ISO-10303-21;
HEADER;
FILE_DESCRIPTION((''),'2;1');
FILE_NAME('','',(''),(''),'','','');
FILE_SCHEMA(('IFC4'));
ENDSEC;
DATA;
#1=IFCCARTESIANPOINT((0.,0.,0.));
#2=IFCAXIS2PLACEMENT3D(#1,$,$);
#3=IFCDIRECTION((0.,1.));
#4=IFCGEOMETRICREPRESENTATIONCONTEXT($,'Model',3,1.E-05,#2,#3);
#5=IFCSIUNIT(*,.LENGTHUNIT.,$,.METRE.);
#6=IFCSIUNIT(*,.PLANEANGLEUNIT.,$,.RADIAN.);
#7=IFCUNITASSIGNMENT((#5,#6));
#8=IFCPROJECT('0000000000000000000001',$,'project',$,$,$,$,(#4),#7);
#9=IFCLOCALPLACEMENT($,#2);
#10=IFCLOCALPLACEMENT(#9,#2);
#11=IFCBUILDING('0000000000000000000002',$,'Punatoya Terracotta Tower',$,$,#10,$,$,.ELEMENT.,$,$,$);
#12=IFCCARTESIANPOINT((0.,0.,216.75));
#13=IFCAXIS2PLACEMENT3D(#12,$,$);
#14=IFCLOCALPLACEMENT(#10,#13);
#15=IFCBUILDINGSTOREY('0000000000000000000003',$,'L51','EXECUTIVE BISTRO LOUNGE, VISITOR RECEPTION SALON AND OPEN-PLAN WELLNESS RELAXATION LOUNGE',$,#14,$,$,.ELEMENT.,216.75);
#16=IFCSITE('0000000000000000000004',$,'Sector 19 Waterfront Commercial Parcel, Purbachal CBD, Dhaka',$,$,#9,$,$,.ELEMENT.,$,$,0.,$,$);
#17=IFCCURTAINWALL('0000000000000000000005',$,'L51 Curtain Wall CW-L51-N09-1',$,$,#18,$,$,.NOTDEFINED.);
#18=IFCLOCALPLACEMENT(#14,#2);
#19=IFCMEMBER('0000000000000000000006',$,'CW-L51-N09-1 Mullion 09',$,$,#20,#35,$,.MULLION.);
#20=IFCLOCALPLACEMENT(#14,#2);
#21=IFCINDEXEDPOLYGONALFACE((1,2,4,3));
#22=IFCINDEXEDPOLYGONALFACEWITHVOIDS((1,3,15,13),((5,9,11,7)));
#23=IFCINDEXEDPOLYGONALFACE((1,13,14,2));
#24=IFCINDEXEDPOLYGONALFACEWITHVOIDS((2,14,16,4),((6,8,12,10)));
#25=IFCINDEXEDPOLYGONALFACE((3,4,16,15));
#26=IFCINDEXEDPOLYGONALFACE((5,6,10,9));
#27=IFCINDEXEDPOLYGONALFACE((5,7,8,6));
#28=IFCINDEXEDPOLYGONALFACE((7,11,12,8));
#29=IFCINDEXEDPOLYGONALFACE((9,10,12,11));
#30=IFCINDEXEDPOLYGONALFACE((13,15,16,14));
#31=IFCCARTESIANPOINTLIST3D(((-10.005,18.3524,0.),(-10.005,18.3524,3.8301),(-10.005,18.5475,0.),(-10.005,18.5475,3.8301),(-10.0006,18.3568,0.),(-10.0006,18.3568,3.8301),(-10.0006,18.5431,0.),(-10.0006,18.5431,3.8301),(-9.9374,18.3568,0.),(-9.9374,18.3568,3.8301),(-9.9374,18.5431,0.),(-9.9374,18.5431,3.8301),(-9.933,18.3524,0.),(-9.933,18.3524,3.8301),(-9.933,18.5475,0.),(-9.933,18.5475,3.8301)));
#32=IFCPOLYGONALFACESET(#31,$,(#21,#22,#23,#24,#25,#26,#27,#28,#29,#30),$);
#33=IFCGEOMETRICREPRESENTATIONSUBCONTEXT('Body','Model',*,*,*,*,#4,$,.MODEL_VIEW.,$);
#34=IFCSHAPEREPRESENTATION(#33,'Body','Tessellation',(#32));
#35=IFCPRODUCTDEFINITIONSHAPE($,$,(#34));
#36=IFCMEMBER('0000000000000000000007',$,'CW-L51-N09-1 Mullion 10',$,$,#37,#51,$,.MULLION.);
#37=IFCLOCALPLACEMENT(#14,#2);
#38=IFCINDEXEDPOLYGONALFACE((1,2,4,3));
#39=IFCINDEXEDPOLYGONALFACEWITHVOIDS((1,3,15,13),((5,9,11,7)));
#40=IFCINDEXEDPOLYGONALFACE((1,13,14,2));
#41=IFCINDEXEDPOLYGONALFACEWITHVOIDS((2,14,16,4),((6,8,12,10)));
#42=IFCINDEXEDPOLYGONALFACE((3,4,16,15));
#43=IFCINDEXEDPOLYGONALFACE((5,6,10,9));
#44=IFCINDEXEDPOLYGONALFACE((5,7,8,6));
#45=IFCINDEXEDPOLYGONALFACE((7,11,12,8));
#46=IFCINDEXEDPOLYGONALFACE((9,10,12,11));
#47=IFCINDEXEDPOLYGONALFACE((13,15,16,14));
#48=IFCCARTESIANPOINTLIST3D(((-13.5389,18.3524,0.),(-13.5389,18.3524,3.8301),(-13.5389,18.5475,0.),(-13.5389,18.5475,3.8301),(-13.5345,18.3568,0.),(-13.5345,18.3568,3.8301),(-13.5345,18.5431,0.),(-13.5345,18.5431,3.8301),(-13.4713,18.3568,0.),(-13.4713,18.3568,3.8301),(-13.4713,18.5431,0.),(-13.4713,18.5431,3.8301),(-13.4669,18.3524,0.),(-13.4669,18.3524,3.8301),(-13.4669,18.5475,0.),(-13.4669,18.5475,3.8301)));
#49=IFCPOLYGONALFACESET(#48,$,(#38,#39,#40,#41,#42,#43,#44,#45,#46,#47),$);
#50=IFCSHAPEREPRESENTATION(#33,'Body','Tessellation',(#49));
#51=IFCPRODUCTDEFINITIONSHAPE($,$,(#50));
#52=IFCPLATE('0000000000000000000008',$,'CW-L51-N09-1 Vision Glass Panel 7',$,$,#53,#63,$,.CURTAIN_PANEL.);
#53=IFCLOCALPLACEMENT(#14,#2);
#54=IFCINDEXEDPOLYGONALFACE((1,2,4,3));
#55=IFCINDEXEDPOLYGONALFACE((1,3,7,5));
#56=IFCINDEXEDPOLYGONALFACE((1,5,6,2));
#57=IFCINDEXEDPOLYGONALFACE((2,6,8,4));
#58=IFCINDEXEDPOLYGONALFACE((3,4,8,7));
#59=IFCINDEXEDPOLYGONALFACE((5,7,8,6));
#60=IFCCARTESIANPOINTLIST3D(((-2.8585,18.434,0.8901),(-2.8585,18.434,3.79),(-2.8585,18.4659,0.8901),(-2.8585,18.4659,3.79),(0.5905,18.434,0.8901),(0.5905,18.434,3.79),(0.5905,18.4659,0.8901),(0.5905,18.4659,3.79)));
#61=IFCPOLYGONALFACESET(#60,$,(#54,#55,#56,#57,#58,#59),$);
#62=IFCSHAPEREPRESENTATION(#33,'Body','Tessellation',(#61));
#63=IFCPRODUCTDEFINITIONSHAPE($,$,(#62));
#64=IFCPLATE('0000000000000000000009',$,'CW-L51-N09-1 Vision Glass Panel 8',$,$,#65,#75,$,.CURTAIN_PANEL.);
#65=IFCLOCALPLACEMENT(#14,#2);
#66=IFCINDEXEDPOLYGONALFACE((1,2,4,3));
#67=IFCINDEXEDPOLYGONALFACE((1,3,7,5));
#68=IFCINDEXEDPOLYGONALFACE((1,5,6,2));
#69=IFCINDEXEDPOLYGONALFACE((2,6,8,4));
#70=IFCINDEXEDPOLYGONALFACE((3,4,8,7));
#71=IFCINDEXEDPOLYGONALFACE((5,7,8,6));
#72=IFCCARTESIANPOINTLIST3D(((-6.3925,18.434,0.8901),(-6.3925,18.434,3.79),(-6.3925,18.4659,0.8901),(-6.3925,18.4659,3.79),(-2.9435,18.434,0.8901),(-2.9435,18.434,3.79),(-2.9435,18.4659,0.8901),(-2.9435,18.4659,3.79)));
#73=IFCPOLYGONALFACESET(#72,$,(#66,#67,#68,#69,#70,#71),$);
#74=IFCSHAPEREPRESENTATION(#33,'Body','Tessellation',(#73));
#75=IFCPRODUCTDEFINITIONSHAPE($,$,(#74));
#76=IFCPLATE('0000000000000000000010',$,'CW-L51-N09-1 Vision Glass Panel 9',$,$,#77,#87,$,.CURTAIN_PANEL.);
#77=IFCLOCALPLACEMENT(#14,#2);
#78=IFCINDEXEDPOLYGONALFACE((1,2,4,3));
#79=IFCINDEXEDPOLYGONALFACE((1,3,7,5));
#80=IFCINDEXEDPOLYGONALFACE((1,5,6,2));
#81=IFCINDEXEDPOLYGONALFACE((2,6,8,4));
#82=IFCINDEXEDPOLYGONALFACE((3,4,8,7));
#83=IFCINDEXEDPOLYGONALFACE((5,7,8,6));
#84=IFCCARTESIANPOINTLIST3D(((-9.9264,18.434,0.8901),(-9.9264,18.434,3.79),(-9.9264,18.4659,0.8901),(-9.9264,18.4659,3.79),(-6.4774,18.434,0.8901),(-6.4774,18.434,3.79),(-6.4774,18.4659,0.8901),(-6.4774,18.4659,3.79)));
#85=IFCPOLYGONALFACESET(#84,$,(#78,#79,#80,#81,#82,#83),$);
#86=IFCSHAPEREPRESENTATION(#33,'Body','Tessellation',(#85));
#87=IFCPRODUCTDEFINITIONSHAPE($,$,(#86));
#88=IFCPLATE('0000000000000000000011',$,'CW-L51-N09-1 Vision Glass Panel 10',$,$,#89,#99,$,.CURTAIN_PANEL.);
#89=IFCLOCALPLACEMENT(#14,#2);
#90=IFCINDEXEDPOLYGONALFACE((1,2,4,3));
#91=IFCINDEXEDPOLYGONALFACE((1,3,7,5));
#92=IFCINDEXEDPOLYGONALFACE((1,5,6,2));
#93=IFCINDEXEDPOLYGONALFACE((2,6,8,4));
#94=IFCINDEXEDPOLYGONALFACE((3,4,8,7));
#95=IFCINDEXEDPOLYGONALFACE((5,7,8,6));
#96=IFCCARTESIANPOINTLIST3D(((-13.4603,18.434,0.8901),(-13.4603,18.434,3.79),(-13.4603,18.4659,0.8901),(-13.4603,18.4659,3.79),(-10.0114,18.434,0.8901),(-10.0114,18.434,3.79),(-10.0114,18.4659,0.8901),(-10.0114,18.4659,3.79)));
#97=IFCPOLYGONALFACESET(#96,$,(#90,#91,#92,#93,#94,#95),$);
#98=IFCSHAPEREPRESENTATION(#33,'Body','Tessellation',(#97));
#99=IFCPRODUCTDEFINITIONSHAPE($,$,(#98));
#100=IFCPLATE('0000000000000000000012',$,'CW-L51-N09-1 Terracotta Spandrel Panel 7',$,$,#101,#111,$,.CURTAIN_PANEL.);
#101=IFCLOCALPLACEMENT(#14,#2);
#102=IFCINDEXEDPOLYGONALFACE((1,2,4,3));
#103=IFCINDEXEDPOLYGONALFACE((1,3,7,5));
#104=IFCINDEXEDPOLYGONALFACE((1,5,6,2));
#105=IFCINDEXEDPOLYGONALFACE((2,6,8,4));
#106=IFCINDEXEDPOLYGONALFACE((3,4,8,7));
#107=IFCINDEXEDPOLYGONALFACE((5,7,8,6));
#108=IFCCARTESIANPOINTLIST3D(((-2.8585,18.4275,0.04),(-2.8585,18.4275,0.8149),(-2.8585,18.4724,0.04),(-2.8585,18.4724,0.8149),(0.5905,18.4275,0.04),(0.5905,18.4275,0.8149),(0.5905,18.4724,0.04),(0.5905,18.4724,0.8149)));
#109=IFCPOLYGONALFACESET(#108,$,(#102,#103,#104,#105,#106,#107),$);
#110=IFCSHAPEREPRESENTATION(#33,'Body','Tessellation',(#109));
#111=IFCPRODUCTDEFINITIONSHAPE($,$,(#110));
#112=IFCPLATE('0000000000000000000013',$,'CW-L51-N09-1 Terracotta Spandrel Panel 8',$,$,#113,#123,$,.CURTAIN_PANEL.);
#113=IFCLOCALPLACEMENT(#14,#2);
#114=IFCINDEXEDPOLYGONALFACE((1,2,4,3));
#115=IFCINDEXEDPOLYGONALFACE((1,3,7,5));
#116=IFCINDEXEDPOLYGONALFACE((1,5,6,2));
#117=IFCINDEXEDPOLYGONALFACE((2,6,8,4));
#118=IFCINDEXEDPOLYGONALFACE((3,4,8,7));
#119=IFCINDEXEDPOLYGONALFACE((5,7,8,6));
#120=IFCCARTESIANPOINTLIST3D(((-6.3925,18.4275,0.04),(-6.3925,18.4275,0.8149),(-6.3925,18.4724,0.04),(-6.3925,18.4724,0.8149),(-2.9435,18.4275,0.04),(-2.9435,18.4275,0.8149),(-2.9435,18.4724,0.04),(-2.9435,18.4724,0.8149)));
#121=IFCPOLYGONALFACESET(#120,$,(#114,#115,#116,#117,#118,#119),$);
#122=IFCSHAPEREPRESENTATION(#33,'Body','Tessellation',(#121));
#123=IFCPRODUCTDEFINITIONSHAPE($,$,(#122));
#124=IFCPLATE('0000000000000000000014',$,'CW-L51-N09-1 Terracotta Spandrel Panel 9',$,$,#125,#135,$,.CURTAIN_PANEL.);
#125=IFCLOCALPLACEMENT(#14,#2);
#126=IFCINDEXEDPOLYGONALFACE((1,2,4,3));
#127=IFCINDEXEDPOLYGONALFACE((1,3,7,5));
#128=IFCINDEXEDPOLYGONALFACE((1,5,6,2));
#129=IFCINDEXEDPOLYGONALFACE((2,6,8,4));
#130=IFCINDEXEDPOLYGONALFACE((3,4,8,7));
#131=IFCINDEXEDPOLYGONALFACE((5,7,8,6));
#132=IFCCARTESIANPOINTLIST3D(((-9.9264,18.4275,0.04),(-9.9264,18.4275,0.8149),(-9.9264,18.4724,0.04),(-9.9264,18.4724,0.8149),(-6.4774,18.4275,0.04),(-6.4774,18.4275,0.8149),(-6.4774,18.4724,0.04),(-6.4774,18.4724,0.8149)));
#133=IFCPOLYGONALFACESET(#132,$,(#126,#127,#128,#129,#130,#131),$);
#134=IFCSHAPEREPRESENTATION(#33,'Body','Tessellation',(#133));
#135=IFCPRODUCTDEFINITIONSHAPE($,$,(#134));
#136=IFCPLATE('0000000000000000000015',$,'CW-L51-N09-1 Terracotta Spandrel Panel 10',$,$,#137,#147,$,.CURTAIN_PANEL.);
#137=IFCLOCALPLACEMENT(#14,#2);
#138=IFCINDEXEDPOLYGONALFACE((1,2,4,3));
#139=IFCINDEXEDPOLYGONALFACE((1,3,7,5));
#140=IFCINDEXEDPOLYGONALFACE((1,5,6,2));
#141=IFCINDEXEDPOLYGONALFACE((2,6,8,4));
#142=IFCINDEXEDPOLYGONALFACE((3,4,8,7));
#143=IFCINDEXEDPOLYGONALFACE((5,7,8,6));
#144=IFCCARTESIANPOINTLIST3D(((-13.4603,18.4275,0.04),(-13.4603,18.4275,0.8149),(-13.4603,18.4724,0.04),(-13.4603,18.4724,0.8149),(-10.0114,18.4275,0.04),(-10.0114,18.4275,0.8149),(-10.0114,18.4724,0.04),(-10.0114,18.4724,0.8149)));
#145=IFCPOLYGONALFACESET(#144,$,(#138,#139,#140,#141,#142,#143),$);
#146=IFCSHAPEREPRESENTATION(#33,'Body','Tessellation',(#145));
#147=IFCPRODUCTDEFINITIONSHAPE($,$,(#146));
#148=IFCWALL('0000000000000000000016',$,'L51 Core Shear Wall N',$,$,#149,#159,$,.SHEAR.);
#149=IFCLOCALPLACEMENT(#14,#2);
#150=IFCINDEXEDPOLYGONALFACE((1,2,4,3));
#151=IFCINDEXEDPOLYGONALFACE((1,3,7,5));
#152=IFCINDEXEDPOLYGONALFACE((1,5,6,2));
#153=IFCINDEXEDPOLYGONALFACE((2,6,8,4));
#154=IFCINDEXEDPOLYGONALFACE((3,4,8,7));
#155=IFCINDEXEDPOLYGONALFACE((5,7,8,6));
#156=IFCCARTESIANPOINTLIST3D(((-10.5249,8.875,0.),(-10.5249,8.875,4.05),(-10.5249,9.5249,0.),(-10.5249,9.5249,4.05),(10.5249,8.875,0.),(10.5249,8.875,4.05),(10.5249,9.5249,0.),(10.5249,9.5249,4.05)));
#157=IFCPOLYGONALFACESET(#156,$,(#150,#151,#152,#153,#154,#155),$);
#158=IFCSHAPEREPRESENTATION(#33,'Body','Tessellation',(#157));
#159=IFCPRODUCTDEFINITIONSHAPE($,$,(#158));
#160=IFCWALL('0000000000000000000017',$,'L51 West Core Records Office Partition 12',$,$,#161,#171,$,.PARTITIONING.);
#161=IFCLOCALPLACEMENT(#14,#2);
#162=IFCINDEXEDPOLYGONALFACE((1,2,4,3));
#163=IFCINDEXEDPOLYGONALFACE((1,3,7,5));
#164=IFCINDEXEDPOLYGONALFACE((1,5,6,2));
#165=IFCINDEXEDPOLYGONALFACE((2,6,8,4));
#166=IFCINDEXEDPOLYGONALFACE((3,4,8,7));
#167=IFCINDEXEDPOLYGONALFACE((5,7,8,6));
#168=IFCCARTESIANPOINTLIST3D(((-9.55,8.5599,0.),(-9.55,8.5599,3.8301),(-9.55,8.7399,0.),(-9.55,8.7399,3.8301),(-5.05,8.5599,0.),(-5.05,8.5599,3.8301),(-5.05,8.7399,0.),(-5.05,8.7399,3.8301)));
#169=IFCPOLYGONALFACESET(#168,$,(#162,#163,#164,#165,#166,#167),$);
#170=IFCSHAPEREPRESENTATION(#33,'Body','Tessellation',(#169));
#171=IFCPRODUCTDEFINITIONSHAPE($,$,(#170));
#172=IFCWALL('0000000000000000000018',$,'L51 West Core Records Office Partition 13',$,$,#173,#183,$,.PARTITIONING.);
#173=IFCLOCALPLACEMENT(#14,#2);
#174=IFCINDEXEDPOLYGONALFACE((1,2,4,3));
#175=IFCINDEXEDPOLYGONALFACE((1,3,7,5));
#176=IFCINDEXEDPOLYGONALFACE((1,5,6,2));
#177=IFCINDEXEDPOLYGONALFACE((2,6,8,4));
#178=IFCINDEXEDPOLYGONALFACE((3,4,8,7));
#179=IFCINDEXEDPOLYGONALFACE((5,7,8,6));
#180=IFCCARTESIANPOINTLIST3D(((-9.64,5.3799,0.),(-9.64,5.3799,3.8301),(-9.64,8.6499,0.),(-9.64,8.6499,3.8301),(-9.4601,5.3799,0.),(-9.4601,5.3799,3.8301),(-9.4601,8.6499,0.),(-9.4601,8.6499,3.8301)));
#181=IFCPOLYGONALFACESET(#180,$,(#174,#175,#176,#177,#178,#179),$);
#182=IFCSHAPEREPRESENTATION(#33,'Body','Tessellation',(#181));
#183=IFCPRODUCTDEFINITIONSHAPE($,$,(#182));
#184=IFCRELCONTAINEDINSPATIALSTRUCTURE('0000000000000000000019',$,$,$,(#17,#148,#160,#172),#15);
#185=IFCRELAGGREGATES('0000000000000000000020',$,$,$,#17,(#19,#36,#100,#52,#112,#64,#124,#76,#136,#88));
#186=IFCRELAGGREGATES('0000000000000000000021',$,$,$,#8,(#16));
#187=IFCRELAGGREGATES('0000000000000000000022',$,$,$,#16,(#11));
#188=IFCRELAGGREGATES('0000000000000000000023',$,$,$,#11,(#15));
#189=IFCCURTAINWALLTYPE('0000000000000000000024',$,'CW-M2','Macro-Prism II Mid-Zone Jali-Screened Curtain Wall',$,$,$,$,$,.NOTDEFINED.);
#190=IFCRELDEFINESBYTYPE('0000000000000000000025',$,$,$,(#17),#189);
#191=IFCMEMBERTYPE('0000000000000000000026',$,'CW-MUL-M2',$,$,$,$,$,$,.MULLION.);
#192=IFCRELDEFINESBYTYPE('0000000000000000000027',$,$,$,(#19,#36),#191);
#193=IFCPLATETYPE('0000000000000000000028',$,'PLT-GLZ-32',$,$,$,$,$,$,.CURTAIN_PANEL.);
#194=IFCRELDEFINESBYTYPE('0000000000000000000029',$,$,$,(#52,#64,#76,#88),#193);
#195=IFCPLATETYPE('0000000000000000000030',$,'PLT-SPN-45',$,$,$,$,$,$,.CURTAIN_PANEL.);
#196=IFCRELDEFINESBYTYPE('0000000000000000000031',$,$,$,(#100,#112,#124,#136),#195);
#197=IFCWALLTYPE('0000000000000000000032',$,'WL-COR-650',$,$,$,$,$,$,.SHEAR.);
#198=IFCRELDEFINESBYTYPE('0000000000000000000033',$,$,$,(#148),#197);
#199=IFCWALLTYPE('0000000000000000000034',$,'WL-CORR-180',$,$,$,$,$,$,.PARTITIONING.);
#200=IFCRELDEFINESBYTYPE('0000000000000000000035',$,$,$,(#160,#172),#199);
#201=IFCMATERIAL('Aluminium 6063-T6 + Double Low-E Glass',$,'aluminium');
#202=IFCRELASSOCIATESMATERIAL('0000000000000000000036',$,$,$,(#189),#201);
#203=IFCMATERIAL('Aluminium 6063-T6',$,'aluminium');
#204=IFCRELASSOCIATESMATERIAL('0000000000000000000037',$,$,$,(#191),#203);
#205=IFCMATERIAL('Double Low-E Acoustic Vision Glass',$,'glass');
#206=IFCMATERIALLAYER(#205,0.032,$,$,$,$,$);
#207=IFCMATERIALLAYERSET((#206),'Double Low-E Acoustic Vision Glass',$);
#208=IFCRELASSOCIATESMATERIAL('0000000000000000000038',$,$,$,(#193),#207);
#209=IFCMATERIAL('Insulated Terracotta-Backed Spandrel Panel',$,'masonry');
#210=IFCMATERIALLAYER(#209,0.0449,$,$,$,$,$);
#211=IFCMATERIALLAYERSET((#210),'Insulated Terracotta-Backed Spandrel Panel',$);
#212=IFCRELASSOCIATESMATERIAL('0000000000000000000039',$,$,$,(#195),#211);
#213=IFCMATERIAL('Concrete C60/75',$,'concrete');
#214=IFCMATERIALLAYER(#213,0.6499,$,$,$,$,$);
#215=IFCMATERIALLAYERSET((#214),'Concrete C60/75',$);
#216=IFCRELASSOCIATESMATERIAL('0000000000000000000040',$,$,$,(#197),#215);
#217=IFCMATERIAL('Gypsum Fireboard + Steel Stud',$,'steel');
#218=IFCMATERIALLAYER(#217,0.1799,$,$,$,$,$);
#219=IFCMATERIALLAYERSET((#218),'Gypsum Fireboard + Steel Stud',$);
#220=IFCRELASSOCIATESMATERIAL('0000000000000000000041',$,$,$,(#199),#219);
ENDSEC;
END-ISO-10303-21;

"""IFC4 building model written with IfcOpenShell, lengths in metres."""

from ifc_helpers import new_model, si_unit, direction, frame, frame_2d, origin, origin_2d, place, context, subcontext, project, spatial, rectangle, hollow_rectangle, extrude, material, layer, layer_set, material_profile, profile_set, type_object, element, aggregate, save


model = new_model("IFC4")

# Units and contexts
model_context = context("Model", 3, precision=1e-05, world=origin(), true_north=direction((0.0, 1.0)))
body_context = subcontext(model_context, "Body", "Model", "MODEL_VIEW")
ifc_project = project(units=[si_unit("LENGTHUNIT", "METRE"), si_unit("PLANEANGLEUNIT", "RADIAN")], contexts=[model_context])

# Site, building, storey
site_placement = place(None, origin())
site = spatial("IfcSite", under=ifc_project, at=site_placement, Name="Sector 19 Waterfront Commercial Parcel, Purbachal CBD, Dhaka", CompositionType="ELEMENT", RefElevation=0.0)
building_placement = place(site_placement, origin())
building = spatial("IfcBuilding", under=site, at=building_placement, Name="Punatoya Terracotta Tower", CompositionType="ELEMENT")
storey_placement = place(building_placement, frame((0.0, 0.0, 216.75)))
storey = spatial("IfcBuildingStorey", under=building, at=storey_placement, Name="L51", Description="EXECUTIVE BISTRO LOUNGE, VISITOR RECEPTION SALON AND OPEN-PLAN WELLNESS RELAXATION LOUNGE", CompositionType="ELEMENT", Elevation=216.75)

# Curtain wall, members, plates
ifc_material_1 = material(Name="Aluminium 6063-T6 + Double Low-E Glass", Category="aluminium")
curtain_wall_type = type_object("IfcCurtainWallType", Name="CW-M2", Description="Macro-Prism II Mid-Zone Jali-Screened Curtain Wall", PredefinedType="NOTDEFINED", material=ifc_material_1)
curtain_wall_placement = place(storey_placement, origin())
curtain_wall = element("IfcCurtainWall", 1, at=curtain_wall_placement, inside=storey, type_object=curtain_wall_type, Name="L51 Curtain Wall CW-L51-N09-1", PredefinedType="NOTDEFINED")
ifc_material_2 = material(Name="Aluminium 6063-T6", Category="aluminium")
ifc_material_profile_1 = material_profile(ifc_material_2, hollow_rectangle(XDim=0.072, YDim=0.1951, WallThickness=0.0044, at=origin_2d()))
ifc_profile_set_1 = profile_set([ifc_material_profile_1], Name="Aluminium 6063-T6")
member_type = type_object("IfcMemberType", Name="CW-MUL-M2", PredefinedType="MULLION", material=ifc_profile_set_1)
member_1_placement = place(storey_placement, frame((-9.969, 18.45, 0.0), z_axis=(0.0, 0.0, 1.0), x_axis=(1.0, 0.0, 0.0)))
member_1 = element("IfcMember", 2, at=member_1_placement, type_object=member_type, Name="CW-L51-N09-1 Mullion 09", PredefinedType="MULLION", context=body_context, shape_type="SweptSolid", body=[
    extrude(hollow_rectangle(XDim=0.072, YDim=0.1951, WallThickness=0.0044, at=origin_2d()), origin(), (0.0, 0.0, 1.0), 3.8301),
])
member_2_placement = place(storey_placement, frame((-13.5029, 18.45, 0.0), z_axis=(0.0, 0.0, 1.0), x_axis=(1.0, 0.0, 0.0)))
member_2 = element("IfcMember", 3, at=member_2_placement, type_object=member_type, Name="CW-L51-N09-1 Mullion 10", PredefinedType="MULLION", context=body_context, shape_type="SweptSolid", body=[
    extrude(hollow_rectangle(XDim=0.072, YDim=0.1951, WallThickness=0.0044, at=origin_2d()), origin(), (0.0, 0.0, 1.0), 3.8301),
])
ifc_material_3 = material(Name="Double Low-E Acoustic Vision Glass", Category="glass")
ifc_layer_1 = layer(ifc_material_3, 0.032)
ifc_layer_set_1 = layer_set([ifc_layer_1], Name="Double Low-E Acoustic Vision Glass")
plate_type_1 = type_object("IfcPlateType", Name="PLT-GLZ-32", PredefinedType="CURTAIN_PANEL", material=ifc_layer_set_1)
plate_1_placement = place(storey_placement, frame((-1.134, 18.45, 0.8901), z_axis=(0.0, 0.0, 1.0), x_axis=(-1.0, 0.0, 0.0)))
plate_1 = element("IfcPlate", 4, at=plate_1_placement, type_object=plate_type_1, Name="CW-L51-N09-1 Vision Glass Panel 7", PredefinedType="CURTAIN_PANEL", context=body_context, shape_type="SweptSolid", body=[
    extrude(rectangle(XDim=3.449, YDim=0.032, at=origin_2d()), origin(), (0.0, 0.0, 1.0), 2.8999),
])
plate_2_placement = place(storey_placement, frame((-4.668, 18.45, 0.8901), z_axis=(0.0, 0.0, 1.0), x_axis=(-1.0, 0.0, 0.0)))
plate_2 = element("IfcPlate", 5, at=plate_2_placement, type_object=plate_type_1, Name="CW-L51-N09-1 Vision Glass Panel 8", PredefinedType="CURTAIN_PANEL", context=body_context, shape_type="SweptSolid", body=[
    extrude(rectangle(XDim=3.449, YDim=0.032, at=origin_2d()), origin(), (0.0, 0.0, 1.0), 2.8999),
])
plate_3_placement = place(storey_placement, frame((-8.2019, 18.45, 0.8901), z_axis=(0.0, 0.0, 1.0), x_axis=(-1.0, 0.0, 0.0)))
plate_3 = element("IfcPlate", 6, at=plate_3_placement, type_object=plate_type_1, Name="CW-L51-N09-1 Vision Glass Panel 9", PredefinedType="CURTAIN_PANEL", context=body_context, shape_type="SweptSolid", body=[
    extrude(rectangle(XDim=3.449, YDim=0.032, at=origin_2d()), origin(), (0.0, 0.0, 1.0), 2.8999),
])
plate_4_placement = place(storey_placement, frame((-11.7358, 18.45, 0.8901), z_axis=(0.0, 0.0, 1.0), x_axis=(-1.0, 0.0, 0.0)))
plate_4 = element("IfcPlate", 7, at=plate_4_placement, type_object=plate_type_1, Name="CW-L51-N09-1 Vision Glass Panel 10", PredefinedType="CURTAIN_PANEL", context=body_context, shape_type="SweptSolid", body=[
    extrude(rectangle(XDim=3.449, YDim=0.032, at=origin_2d()), origin(), (0.0, 0.0, 1.0), 2.8999),
])
ifc_material_4 = material(Name="Insulated Terracotta-Backed Spandrel Panel", Category="masonry")
ifc_layer_2 = layer(ifc_material_4, 0.0449)
ifc_layer_set_2 = layer_set([ifc_layer_2], Name="Insulated Terracotta-Backed Spandrel Panel")
plate_type_2 = type_object("IfcPlateType", Name="PLT-SPN-45", PredefinedType="CURTAIN_PANEL", material=ifc_layer_set_2)
plate_5_placement = place(storey_placement, frame((-1.134, 18.45, 0.04), z_axis=(0.0, 0.0, 1.0), x_axis=(-1.0, 0.0, 0.0)))
plate_5 = element("IfcPlate", 8, at=plate_5_placement, type_object=plate_type_2, Name="CW-L51-N09-1 Terracotta Spandrel Panel 7", PredefinedType="CURTAIN_PANEL", context=body_context, shape_type="SweptSolid", body=[
    extrude(rectangle(XDim=3.449, YDim=0.0449, at=origin_2d()), origin(), (0.0, 0.0, 1.0), 0.7749),
])
plate_6_placement = place(storey_placement, frame((-4.668, 18.45, 0.04), z_axis=(0.0, 0.0, 1.0), x_axis=(-1.0, 0.0, 0.0)))
plate_6 = element("IfcPlate", 9, at=plate_6_placement, type_object=plate_type_2, Name="CW-L51-N09-1 Terracotta Spandrel Panel 8", PredefinedType="CURTAIN_PANEL", context=body_context, shape_type="SweptSolid", body=[
    extrude(rectangle(XDim=3.449, YDim=0.0449, at=origin_2d()), origin(), (0.0, 0.0, 1.0), 0.7749),
])
plate_7_placement = place(storey_placement, frame((-8.2019, 18.45, 0.04), z_axis=(0.0, 0.0, 1.0), x_axis=(-1.0, 0.0, 0.0)))
plate_7 = element("IfcPlate", 10, at=plate_7_placement, type_object=plate_type_2, Name="CW-L51-N09-1 Terracotta Spandrel Panel 9", PredefinedType="CURTAIN_PANEL", context=body_context, shape_type="SweptSolid", body=[
    extrude(rectangle(XDim=3.449, YDim=0.0449, at=origin_2d()), origin(), (0.0, 0.0, 1.0), 0.7749),
])
plate_8_placement = place(storey_placement, frame((-11.7358, 18.45, 0.04), z_axis=(0.0, 0.0, 1.0), x_axis=(-1.0, 0.0, 0.0)))
plate_8 = element("IfcPlate", 11, at=plate_8_placement, type_object=plate_type_2, Name="CW-L51-N09-1 Terracotta Spandrel Panel 10", PredefinedType="CURTAIN_PANEL", context=body_context, shape_type="SweptSolid", body=[
    extrude(rectangle(XDim=3.449, YDim=0.0449, at=origin_2d()), origin(), (0.0, 0.0, 1.0), 0.7749),
])
aggregate(curtain_wall, [member_1, member_2, plate_5, plate_1, plate_6, plate_2, plate_7, plate_3, plate_8, plate_4])

# Walls
ifc_material_5 = material(Name="Concrete C60/75", Category="concrete")
ifc_layer_3 = layer(ifc_material_5, 0.6499)
ifc_layer_set_3 = layer_set([ifc_layer_3], Name="Concrete C60/75")
wall_type_1 = type_object("IfcWallType", Name="WL-COR-650", PredefinedType="SHEAR", material=ifc_layer_set_3)
wall_1_placement = place(storey_placement, frame((-10.5249, 9.2, 0.0), z_axis=(0.0, 0.0, 1.0), x_axis=(1.0, 0.0, 0.0)))
element("IfcWall", 12, at=wall_1_placement, inside=storey, type_object=wall_type_1, Name="L51 Core Shear Wall N", PredefinedType="SHEAR", context=body_context, shape_type="SweptSolid", body=[
    extrude(rectangle(XDim=21.0498, YDim=0.6499, at=frame_2d((10.5249, 0.0))), origin(), (0.0, 0.0, 1.0), 4.05),
])
ifc_material_6 = material(Name="Gypsum Fireboard + Steel Stud", Category="steel")
ifc_layer_4 = layer(ifc_material_6, 0.1799)
ifc_layer_set_4 = layer_set([ifc_layer_4], Name="Gypsum Fireboard + Steel Stud")
wall_type_2 = type_object("IfcWallType", Name="WL-CORR-180", PredefinedType="PARTITIONING", material=ifc_layer_set_4)
wall_2_placement = place(storey_placement, frame((-5.05, 8.6499, 0.0), z_axis=(0.0, 0.0, 1.0), x_axis=(-1.0, 0.0, 0.0)))
element("IfcWall", 13, at=wall_2_placement, inside=storey, type_object=wall_type_2, Name="L51 West Core Records Office Partition 12", PredefinedType="PARTITIONING", context=body_context, shape_type="SweptSolid", body=[
    extrude(rectangle(XDim=4.5, YDim=0.1799, at=frame_2d((2.25, 0.0))), origin(), (0.0, 0.0, 1.0), 3.8301),
])
wall_3_placement = place(storey_placement, frame((-9.55, 8.6499, 0.0), z_axis=(0.0, 0.0, 1.0), x_axis=(0.0, -1.0, 0.0)))
element("IfcWall", 14, at=wall_3_placement, inside=storey, type_object=wall_type_2, Name="L51 West Core Records Office Partition 13", PredefinedType="PARTITIONING", context=body_context, shape_type="SweptSolid", body=[
    extrude(rectangle(XDim=3.27, YDim=0.1799, at=frame_2d((1.635, 0.0))), origin(), (0.0, 0.0, 1.0), 3.8301),
])

save(model, "model.ifc")
